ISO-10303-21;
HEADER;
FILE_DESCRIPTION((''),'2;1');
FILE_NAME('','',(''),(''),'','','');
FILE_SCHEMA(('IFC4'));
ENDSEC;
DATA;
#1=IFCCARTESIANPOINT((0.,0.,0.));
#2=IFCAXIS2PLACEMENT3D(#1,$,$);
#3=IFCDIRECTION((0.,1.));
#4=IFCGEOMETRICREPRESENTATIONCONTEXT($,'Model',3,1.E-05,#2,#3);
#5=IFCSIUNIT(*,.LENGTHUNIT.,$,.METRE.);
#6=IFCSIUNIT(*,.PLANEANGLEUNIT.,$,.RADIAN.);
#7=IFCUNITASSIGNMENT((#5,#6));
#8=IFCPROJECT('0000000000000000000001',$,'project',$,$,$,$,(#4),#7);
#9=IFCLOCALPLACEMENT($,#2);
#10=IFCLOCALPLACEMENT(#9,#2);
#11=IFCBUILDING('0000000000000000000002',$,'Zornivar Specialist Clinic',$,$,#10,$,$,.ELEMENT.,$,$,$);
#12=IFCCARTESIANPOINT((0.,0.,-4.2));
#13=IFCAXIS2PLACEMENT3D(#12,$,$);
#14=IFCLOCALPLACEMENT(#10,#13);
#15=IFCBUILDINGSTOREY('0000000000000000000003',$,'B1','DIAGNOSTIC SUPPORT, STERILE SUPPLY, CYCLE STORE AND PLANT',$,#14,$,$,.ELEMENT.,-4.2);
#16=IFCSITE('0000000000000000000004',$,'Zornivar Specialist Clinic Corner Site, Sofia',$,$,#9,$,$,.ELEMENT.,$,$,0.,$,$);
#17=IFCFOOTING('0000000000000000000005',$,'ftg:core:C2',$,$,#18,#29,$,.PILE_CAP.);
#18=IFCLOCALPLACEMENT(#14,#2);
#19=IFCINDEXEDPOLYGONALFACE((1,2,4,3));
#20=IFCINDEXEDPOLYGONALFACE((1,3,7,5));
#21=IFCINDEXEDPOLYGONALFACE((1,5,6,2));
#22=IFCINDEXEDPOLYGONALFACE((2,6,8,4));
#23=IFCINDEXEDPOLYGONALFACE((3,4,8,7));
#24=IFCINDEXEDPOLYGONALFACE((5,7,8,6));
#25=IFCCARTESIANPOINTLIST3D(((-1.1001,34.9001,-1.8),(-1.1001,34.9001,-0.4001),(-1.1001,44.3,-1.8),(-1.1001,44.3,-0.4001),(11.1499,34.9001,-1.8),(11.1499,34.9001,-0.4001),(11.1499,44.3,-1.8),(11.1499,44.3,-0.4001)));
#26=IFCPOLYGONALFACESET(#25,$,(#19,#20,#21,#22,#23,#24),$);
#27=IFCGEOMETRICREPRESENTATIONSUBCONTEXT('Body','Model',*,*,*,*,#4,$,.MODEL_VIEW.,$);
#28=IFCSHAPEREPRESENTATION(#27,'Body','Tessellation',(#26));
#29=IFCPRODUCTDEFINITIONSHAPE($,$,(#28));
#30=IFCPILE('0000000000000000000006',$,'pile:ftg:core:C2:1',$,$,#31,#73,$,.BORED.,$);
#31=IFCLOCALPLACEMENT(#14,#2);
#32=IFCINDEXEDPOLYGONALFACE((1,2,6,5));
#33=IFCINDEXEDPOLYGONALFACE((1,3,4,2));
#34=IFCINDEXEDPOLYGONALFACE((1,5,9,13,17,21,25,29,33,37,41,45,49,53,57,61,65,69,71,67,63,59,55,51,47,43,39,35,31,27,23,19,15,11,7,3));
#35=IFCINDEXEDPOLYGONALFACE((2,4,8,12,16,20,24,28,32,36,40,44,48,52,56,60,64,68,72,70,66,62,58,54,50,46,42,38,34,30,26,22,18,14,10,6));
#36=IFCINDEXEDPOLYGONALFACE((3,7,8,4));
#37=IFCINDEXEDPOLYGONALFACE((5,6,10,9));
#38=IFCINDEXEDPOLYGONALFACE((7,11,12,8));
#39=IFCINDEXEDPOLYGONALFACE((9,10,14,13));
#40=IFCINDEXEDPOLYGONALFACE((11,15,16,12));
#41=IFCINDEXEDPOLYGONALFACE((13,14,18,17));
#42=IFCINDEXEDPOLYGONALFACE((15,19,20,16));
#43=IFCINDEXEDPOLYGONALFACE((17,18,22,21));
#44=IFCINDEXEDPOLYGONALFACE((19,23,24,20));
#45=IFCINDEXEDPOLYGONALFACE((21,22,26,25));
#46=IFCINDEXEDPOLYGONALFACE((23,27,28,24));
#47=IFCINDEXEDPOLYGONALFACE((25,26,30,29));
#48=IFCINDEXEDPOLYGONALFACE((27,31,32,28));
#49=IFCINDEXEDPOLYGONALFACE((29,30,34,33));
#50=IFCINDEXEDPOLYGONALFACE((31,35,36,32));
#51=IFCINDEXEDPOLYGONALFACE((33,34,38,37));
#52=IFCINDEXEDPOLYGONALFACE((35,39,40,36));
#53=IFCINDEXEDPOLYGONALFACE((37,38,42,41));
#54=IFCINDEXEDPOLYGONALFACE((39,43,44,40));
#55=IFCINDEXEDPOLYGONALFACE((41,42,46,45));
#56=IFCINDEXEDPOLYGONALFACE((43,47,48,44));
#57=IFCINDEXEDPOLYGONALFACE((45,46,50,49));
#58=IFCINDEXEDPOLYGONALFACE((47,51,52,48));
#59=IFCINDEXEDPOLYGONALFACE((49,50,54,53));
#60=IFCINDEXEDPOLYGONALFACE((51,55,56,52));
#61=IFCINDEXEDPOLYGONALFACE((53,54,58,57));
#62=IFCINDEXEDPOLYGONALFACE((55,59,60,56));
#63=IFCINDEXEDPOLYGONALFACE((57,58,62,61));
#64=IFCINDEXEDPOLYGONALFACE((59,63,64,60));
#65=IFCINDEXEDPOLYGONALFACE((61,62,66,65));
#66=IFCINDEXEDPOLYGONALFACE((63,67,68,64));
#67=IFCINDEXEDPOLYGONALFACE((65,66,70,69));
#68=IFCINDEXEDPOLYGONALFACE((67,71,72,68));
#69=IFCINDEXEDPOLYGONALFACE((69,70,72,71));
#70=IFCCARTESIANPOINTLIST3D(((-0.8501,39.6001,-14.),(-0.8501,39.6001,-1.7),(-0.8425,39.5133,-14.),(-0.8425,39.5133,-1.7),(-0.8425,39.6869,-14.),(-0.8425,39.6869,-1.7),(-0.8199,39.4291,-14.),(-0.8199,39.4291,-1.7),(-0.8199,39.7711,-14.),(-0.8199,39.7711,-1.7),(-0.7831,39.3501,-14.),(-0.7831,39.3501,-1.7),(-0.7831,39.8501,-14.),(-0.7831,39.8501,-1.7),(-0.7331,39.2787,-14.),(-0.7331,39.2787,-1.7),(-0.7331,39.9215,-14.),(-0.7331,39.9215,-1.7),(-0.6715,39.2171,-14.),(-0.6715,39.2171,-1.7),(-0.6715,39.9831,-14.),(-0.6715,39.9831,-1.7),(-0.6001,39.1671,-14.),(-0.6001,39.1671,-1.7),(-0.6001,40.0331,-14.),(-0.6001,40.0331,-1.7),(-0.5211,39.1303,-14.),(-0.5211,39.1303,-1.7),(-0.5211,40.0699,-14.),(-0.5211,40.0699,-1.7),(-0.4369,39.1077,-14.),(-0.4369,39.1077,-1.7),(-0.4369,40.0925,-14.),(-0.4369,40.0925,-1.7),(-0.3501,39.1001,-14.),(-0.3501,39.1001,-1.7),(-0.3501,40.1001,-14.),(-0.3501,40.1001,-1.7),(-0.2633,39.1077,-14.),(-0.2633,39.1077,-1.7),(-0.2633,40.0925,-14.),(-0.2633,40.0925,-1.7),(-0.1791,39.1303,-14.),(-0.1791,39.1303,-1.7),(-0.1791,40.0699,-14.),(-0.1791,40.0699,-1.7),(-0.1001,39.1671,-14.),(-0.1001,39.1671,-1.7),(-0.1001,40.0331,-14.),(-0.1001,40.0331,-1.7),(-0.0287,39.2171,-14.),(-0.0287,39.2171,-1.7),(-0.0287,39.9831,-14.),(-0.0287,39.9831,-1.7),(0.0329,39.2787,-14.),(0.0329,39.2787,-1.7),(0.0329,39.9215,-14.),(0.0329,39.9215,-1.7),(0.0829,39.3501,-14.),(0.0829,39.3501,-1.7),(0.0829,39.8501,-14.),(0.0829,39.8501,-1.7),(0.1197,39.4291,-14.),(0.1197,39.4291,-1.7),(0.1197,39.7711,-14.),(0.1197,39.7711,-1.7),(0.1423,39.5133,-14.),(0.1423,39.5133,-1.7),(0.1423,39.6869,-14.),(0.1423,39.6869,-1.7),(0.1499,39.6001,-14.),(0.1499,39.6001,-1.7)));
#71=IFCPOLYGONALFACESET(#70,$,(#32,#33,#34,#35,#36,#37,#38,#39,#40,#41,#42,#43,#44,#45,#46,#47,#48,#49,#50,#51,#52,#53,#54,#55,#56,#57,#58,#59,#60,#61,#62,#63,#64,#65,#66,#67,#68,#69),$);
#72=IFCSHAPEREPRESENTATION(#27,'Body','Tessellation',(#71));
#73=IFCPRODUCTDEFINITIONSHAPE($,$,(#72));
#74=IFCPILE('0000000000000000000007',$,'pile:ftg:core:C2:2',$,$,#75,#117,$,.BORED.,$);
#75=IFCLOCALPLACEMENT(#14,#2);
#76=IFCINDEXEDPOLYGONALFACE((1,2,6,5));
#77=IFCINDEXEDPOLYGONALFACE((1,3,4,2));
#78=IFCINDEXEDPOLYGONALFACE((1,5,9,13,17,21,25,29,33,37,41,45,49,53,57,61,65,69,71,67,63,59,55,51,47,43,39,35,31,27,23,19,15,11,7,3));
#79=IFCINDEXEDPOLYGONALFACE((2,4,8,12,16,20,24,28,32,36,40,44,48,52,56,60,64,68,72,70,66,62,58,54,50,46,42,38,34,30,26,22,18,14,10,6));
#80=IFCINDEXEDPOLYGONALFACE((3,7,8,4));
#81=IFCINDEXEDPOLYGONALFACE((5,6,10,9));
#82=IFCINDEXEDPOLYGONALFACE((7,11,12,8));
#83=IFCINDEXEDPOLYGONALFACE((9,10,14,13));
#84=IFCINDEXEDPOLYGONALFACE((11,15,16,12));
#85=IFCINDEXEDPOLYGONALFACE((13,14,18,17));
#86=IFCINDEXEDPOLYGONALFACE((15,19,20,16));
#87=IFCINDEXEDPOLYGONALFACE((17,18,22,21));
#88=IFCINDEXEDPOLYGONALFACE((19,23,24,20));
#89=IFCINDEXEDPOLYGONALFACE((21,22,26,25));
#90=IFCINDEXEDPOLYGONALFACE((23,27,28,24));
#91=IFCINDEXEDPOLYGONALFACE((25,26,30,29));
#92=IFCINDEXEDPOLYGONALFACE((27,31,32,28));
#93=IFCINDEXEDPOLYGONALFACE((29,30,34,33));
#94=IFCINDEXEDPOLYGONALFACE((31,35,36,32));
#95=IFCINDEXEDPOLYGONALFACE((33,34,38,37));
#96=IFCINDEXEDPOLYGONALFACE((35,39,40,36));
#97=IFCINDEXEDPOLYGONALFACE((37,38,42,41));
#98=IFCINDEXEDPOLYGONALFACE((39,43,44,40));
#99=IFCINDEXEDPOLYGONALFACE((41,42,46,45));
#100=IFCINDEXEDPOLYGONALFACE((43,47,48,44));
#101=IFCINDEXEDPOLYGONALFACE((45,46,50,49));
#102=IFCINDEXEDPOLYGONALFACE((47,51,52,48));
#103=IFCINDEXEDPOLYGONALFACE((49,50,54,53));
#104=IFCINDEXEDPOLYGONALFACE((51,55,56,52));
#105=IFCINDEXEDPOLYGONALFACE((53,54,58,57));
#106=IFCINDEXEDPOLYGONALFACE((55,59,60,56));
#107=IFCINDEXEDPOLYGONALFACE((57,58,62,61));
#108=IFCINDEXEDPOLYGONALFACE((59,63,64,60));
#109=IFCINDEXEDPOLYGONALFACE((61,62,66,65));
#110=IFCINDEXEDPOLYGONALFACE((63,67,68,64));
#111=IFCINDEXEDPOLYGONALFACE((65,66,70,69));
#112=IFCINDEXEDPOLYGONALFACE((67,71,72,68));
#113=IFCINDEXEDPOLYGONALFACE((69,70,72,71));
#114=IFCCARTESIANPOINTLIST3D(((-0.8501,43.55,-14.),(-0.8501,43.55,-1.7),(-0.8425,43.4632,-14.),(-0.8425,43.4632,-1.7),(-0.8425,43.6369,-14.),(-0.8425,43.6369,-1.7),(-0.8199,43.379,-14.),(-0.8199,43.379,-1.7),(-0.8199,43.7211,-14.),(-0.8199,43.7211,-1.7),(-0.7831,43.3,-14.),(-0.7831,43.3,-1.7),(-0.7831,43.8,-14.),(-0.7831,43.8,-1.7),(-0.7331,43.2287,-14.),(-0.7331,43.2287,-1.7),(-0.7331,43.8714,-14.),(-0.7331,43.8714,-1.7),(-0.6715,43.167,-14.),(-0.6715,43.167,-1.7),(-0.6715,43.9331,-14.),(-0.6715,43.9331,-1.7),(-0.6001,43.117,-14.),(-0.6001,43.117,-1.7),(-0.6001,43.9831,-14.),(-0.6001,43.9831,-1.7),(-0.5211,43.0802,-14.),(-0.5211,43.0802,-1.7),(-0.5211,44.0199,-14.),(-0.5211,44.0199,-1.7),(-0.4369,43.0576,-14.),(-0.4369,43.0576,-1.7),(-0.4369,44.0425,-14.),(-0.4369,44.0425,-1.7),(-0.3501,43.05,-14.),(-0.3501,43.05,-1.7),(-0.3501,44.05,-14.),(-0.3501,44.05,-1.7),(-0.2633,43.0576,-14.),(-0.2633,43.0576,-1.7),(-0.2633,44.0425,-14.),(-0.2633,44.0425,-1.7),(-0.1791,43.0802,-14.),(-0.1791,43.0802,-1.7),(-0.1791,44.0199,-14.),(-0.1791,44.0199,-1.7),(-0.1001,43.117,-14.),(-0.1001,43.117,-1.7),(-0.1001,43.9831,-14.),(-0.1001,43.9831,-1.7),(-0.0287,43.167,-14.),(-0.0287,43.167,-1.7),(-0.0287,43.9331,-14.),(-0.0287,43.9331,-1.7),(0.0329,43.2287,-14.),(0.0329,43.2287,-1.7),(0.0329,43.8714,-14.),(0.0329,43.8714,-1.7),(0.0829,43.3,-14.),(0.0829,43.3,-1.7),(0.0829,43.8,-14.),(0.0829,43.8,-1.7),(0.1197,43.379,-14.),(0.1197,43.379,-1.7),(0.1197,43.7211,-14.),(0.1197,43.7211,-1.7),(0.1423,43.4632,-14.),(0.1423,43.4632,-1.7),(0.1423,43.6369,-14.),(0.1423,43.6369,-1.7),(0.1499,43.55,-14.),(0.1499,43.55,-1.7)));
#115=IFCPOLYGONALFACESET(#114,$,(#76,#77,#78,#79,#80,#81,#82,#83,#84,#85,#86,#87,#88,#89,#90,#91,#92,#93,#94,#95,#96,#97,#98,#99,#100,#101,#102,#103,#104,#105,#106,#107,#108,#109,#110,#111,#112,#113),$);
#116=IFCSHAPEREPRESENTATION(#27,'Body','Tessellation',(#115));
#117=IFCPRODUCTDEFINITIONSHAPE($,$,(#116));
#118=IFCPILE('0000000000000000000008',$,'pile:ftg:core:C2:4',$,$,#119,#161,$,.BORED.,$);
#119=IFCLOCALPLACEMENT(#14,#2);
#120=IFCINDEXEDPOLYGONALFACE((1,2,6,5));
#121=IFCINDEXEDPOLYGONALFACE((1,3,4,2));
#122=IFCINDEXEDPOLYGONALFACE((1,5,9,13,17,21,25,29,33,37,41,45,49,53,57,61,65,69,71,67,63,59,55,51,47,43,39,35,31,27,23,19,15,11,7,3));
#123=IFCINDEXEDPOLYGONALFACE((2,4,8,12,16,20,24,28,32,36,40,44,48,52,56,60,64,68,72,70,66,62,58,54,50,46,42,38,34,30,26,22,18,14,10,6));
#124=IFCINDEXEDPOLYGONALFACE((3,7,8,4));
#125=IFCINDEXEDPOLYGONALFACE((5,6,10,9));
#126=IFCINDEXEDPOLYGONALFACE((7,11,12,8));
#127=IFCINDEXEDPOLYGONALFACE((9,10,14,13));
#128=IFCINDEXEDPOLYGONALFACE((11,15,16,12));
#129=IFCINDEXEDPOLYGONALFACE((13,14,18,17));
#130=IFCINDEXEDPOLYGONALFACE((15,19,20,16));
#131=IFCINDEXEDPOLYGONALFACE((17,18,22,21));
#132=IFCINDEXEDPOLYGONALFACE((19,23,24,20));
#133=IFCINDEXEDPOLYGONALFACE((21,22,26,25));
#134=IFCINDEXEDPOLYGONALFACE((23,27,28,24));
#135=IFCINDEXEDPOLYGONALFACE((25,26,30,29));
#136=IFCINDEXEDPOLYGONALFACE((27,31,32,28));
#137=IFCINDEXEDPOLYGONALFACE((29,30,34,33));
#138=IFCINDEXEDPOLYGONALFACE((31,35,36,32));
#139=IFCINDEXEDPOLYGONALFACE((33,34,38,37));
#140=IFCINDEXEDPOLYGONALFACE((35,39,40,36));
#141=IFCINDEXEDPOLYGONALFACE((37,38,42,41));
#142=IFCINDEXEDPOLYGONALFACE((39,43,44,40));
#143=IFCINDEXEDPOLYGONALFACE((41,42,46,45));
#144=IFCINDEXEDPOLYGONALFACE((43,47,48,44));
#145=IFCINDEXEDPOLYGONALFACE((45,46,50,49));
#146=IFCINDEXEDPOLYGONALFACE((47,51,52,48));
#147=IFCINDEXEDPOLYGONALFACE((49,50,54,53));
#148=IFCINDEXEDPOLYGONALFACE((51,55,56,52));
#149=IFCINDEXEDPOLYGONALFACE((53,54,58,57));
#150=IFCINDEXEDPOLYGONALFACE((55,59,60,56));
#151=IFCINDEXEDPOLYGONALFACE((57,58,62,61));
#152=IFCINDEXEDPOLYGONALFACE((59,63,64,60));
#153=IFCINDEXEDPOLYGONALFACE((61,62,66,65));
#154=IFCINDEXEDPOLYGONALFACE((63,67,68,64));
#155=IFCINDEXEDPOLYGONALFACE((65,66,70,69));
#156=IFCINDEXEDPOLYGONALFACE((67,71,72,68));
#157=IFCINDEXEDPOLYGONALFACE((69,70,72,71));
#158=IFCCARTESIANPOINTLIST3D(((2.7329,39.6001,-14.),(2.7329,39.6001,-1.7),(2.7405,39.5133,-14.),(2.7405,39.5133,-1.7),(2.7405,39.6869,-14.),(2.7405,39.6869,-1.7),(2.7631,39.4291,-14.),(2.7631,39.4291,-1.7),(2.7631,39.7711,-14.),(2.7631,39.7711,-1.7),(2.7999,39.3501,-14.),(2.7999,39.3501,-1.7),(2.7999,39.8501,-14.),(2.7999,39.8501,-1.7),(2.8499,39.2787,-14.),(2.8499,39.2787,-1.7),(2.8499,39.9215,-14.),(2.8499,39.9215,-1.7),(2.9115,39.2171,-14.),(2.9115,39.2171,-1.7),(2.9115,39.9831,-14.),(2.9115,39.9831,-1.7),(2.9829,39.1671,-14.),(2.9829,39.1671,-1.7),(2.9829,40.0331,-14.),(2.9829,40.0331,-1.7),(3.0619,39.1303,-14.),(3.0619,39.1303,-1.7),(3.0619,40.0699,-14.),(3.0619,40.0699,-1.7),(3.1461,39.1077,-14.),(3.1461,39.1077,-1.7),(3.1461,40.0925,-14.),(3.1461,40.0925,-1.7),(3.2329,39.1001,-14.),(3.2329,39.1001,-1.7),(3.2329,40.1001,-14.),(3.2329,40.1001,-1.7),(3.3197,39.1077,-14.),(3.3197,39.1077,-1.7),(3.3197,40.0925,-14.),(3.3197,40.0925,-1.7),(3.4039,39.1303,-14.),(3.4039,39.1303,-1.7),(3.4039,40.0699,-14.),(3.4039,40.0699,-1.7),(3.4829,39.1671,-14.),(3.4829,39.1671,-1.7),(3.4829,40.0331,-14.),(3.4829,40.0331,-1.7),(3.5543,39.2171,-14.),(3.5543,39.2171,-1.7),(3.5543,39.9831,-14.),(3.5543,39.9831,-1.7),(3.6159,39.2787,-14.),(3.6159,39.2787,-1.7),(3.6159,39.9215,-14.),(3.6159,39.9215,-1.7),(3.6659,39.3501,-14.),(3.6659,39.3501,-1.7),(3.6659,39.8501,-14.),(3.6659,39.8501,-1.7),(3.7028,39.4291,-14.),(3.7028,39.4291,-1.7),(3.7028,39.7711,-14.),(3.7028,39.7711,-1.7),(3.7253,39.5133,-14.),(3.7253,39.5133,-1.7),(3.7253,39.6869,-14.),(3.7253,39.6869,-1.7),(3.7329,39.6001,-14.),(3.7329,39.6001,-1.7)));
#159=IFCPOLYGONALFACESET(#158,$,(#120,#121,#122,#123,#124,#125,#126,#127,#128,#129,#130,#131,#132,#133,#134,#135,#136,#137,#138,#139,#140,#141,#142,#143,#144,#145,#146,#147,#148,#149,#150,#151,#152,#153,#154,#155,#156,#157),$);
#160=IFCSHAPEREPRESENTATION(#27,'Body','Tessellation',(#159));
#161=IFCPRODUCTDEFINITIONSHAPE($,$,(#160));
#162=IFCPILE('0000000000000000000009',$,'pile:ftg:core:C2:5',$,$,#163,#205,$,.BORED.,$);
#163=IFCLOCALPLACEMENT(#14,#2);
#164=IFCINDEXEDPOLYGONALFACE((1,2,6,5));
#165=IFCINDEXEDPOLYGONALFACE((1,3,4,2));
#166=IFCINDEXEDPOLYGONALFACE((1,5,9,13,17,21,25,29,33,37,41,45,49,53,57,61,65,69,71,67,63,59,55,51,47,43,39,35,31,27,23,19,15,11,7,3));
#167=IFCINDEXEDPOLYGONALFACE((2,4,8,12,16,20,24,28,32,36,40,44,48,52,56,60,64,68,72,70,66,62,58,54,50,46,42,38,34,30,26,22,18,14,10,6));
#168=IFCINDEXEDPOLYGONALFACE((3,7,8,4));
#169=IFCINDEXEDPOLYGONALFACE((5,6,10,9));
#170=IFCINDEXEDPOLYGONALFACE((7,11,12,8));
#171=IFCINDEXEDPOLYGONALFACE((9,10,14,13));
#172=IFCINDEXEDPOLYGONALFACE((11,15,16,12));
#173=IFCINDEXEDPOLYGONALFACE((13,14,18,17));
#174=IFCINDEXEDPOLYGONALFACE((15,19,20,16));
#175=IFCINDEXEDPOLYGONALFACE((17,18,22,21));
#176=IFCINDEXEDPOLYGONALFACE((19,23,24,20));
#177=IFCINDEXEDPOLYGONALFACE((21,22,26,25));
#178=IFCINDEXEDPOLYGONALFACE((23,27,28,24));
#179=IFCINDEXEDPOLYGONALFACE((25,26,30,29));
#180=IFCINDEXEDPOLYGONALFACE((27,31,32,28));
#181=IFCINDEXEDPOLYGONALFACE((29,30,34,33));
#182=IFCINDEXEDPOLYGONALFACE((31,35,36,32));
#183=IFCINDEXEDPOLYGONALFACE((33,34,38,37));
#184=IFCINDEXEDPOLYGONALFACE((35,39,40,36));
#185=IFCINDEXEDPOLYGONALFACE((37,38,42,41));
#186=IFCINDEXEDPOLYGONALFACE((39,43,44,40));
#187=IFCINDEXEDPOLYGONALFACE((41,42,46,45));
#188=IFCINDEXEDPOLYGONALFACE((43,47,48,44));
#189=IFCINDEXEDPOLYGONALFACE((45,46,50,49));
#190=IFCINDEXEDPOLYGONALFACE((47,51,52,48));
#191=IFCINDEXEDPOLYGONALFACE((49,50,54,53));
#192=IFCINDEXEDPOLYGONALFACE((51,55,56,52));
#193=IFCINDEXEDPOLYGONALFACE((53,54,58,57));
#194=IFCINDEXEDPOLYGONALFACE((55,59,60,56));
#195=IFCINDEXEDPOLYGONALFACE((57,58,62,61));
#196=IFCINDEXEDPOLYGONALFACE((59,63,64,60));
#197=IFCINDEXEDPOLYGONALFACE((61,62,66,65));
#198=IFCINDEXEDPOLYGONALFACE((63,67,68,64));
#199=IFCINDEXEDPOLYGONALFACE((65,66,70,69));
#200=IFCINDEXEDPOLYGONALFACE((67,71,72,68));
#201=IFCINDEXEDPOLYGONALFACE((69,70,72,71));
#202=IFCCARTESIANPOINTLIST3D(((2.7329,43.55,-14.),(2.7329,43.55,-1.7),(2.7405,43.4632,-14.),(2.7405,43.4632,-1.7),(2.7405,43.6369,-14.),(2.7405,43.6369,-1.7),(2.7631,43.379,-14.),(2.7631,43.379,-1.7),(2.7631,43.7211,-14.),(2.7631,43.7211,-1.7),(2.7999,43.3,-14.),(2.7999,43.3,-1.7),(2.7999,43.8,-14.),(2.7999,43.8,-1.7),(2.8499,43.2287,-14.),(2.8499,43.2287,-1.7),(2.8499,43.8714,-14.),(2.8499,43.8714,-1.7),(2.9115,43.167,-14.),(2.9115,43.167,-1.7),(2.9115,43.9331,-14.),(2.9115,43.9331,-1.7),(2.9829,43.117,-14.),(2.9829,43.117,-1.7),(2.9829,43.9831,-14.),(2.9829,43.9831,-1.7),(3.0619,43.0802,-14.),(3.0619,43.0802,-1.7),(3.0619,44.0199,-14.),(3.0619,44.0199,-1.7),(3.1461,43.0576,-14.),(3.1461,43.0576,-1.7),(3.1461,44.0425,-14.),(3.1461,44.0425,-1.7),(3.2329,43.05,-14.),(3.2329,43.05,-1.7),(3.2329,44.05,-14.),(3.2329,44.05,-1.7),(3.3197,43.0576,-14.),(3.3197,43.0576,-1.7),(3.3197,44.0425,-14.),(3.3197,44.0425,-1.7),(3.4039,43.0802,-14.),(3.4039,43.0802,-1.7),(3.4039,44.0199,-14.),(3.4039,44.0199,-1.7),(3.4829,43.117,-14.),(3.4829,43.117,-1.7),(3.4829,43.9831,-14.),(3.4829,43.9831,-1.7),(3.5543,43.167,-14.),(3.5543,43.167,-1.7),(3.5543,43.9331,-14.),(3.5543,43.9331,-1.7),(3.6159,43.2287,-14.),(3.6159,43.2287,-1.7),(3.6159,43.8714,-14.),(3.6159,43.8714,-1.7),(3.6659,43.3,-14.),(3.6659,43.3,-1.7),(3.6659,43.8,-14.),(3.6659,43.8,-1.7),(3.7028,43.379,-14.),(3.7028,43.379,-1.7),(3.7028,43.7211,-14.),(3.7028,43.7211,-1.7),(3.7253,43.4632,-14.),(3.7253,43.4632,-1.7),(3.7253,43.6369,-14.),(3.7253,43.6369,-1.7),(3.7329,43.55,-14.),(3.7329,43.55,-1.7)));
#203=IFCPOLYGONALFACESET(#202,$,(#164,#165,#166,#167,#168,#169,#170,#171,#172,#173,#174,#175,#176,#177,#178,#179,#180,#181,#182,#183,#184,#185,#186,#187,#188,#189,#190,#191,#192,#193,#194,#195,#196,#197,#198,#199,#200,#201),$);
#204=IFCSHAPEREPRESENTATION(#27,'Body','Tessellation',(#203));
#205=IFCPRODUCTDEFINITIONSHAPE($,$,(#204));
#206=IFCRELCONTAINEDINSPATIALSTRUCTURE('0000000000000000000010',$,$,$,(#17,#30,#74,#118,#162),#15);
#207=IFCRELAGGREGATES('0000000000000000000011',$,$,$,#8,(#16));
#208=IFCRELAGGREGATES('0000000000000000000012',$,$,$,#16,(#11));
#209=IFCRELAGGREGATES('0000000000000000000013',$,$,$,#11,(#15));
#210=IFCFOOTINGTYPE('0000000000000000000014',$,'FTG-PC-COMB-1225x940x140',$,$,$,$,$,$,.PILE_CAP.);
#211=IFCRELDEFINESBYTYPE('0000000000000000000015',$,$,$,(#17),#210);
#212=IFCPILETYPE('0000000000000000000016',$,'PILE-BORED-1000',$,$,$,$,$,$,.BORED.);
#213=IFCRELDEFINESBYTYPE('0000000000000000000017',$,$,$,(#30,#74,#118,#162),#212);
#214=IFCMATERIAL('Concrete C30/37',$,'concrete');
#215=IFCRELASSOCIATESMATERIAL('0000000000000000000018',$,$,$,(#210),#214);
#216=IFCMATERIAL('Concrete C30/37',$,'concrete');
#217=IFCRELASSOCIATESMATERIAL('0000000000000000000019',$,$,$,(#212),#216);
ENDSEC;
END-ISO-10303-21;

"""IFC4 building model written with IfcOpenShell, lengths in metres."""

from ifc_helpers import new_model, si_unit, direction, frame, origin, origin_2d, place, context, subcontext, project, spatial, rectangle, circle, extrude, material, material_profile, profile_set, type_object, element, save


model = new_model("IFC4")

# Units and contexts
model_context = context("Model", 3, precision=1e-05, world=origin(), true_north=direction((0.0, 1.0)))
body_context = subcontext(model_context, "Body", "Model", "MODEL_VIEW")
ifc_project = project(units=[si_unit("LENGTHUNIT", "METRE"), si_unit("PLANEANGLEUNIT", "RADIAN")], contexts=[model_context])

# Site, building, storey
site_placement = place(None, origin())
site = spatial("IfcSite", under=ifc_project, at=site_placement, Name="Zornivar Specialist Clinic Corner Site, Sofia", CompositionType="ELEMENT", RefElevation=0.0)
building_placement = place(site_placement, origin())
building = spatial("IfcBuilding", under=site, at=building_placement, Name="Zornivar Specialist Clinic", CompositionType="ELEMENT")
storey_placement = place(building_placement, frame((0.0, 0.0, -4.2)))
storey = spatial("IfcBuildingStorey", under=building, at=storey_placement, Name="B1", Description="DIAGNOSTIC SUPPORT, STERILE SUPPLY, CYCLE STORE AND PLANT", CompositionType="ELEMENT", Elevation=-4.2)

# Footing
ifc_material_1 = material(Name="Concrete C30/37", Category="concrete")
footing_type = type_object("IfcFootingType", Name="FTG-PC-COMB-1225x940x140", PredefinedType="PILE_CAP", material=ifc_material_1)
footing_placement = place(storey_placement, frame((5.0249, 39.6001, -1.8), z_axis=(0.0, 0.0, 1.0), x_axis=(1.0, 0.0, 0.0)))
element("IfcFooting", 1, at=footing_placement, inside=storey, type_object=footing_type, Name="ftg:core:C2", PredefinedType="PILE_CAP", context=body_context, shape_type="SweptSolid", body=[
    extrude(rectangle(XDim=12.25, YDim=9.3999, at=origin_2d()), origin(), (0.0, 0.0, 1.0), 1.3999),
])

# Piles
ifc_material_2 = material(Name="Concrete C30/37", Category="concrete")
ifc_material_profile_1 = material_profile(ifc_material_2, circle(Radius=0.5, at=origin_2d()), Name="PILE D1000")
ifc_profile_set_1 = profile_set([ifc_material_profile_1], Name="Concrete C30/37")
pile_type = type_object("IfcPileType", Name="PILE-BORED-1000", PredefinedType="BORED", material=ifc_profile_set_1)
for number, where, z_axis, x_axis, name in (
    (2, (-0.3501, 39.6001, -1.7), (0.0, 0.0, -1.0), (1.0, 0.0, 0.0), "pile:ftg:core:C2:1"),
    (3, (-0.3501, 43.55, -1.7), (0.0, 0.0, -1.0), (1.0, 0.0, 0.0), "pile:ftg:core:C2:2"),
    (4, (3.2329, 39.6001, -1.7), (0.0, 0.0, -1.0), (1.0, 0.0, 0.0), "pile:ftg:core:C2:4"),
    (5, (3.2329, 43.55, -1.7), (0.0, 0.0, -1.0), (1.0, 0.0, 0.0), "pile:ftg:core:C2:5"),
):
    element("IfcPile", number, at=place(storey_placement, frame(where, z_axis=z_axis, x_axis=x_axis)), inside=storey, type_object=pile_type, Name=name, PredefinedType="BORED", context=body_context, shape_type="SweptSolid", body=[
        extrude(circle(Radius=0.5, at=origin_2d()), origin(), (0.0, 0.0, 1.0), 12.3),
    ])

save(model, "model.ifc")
